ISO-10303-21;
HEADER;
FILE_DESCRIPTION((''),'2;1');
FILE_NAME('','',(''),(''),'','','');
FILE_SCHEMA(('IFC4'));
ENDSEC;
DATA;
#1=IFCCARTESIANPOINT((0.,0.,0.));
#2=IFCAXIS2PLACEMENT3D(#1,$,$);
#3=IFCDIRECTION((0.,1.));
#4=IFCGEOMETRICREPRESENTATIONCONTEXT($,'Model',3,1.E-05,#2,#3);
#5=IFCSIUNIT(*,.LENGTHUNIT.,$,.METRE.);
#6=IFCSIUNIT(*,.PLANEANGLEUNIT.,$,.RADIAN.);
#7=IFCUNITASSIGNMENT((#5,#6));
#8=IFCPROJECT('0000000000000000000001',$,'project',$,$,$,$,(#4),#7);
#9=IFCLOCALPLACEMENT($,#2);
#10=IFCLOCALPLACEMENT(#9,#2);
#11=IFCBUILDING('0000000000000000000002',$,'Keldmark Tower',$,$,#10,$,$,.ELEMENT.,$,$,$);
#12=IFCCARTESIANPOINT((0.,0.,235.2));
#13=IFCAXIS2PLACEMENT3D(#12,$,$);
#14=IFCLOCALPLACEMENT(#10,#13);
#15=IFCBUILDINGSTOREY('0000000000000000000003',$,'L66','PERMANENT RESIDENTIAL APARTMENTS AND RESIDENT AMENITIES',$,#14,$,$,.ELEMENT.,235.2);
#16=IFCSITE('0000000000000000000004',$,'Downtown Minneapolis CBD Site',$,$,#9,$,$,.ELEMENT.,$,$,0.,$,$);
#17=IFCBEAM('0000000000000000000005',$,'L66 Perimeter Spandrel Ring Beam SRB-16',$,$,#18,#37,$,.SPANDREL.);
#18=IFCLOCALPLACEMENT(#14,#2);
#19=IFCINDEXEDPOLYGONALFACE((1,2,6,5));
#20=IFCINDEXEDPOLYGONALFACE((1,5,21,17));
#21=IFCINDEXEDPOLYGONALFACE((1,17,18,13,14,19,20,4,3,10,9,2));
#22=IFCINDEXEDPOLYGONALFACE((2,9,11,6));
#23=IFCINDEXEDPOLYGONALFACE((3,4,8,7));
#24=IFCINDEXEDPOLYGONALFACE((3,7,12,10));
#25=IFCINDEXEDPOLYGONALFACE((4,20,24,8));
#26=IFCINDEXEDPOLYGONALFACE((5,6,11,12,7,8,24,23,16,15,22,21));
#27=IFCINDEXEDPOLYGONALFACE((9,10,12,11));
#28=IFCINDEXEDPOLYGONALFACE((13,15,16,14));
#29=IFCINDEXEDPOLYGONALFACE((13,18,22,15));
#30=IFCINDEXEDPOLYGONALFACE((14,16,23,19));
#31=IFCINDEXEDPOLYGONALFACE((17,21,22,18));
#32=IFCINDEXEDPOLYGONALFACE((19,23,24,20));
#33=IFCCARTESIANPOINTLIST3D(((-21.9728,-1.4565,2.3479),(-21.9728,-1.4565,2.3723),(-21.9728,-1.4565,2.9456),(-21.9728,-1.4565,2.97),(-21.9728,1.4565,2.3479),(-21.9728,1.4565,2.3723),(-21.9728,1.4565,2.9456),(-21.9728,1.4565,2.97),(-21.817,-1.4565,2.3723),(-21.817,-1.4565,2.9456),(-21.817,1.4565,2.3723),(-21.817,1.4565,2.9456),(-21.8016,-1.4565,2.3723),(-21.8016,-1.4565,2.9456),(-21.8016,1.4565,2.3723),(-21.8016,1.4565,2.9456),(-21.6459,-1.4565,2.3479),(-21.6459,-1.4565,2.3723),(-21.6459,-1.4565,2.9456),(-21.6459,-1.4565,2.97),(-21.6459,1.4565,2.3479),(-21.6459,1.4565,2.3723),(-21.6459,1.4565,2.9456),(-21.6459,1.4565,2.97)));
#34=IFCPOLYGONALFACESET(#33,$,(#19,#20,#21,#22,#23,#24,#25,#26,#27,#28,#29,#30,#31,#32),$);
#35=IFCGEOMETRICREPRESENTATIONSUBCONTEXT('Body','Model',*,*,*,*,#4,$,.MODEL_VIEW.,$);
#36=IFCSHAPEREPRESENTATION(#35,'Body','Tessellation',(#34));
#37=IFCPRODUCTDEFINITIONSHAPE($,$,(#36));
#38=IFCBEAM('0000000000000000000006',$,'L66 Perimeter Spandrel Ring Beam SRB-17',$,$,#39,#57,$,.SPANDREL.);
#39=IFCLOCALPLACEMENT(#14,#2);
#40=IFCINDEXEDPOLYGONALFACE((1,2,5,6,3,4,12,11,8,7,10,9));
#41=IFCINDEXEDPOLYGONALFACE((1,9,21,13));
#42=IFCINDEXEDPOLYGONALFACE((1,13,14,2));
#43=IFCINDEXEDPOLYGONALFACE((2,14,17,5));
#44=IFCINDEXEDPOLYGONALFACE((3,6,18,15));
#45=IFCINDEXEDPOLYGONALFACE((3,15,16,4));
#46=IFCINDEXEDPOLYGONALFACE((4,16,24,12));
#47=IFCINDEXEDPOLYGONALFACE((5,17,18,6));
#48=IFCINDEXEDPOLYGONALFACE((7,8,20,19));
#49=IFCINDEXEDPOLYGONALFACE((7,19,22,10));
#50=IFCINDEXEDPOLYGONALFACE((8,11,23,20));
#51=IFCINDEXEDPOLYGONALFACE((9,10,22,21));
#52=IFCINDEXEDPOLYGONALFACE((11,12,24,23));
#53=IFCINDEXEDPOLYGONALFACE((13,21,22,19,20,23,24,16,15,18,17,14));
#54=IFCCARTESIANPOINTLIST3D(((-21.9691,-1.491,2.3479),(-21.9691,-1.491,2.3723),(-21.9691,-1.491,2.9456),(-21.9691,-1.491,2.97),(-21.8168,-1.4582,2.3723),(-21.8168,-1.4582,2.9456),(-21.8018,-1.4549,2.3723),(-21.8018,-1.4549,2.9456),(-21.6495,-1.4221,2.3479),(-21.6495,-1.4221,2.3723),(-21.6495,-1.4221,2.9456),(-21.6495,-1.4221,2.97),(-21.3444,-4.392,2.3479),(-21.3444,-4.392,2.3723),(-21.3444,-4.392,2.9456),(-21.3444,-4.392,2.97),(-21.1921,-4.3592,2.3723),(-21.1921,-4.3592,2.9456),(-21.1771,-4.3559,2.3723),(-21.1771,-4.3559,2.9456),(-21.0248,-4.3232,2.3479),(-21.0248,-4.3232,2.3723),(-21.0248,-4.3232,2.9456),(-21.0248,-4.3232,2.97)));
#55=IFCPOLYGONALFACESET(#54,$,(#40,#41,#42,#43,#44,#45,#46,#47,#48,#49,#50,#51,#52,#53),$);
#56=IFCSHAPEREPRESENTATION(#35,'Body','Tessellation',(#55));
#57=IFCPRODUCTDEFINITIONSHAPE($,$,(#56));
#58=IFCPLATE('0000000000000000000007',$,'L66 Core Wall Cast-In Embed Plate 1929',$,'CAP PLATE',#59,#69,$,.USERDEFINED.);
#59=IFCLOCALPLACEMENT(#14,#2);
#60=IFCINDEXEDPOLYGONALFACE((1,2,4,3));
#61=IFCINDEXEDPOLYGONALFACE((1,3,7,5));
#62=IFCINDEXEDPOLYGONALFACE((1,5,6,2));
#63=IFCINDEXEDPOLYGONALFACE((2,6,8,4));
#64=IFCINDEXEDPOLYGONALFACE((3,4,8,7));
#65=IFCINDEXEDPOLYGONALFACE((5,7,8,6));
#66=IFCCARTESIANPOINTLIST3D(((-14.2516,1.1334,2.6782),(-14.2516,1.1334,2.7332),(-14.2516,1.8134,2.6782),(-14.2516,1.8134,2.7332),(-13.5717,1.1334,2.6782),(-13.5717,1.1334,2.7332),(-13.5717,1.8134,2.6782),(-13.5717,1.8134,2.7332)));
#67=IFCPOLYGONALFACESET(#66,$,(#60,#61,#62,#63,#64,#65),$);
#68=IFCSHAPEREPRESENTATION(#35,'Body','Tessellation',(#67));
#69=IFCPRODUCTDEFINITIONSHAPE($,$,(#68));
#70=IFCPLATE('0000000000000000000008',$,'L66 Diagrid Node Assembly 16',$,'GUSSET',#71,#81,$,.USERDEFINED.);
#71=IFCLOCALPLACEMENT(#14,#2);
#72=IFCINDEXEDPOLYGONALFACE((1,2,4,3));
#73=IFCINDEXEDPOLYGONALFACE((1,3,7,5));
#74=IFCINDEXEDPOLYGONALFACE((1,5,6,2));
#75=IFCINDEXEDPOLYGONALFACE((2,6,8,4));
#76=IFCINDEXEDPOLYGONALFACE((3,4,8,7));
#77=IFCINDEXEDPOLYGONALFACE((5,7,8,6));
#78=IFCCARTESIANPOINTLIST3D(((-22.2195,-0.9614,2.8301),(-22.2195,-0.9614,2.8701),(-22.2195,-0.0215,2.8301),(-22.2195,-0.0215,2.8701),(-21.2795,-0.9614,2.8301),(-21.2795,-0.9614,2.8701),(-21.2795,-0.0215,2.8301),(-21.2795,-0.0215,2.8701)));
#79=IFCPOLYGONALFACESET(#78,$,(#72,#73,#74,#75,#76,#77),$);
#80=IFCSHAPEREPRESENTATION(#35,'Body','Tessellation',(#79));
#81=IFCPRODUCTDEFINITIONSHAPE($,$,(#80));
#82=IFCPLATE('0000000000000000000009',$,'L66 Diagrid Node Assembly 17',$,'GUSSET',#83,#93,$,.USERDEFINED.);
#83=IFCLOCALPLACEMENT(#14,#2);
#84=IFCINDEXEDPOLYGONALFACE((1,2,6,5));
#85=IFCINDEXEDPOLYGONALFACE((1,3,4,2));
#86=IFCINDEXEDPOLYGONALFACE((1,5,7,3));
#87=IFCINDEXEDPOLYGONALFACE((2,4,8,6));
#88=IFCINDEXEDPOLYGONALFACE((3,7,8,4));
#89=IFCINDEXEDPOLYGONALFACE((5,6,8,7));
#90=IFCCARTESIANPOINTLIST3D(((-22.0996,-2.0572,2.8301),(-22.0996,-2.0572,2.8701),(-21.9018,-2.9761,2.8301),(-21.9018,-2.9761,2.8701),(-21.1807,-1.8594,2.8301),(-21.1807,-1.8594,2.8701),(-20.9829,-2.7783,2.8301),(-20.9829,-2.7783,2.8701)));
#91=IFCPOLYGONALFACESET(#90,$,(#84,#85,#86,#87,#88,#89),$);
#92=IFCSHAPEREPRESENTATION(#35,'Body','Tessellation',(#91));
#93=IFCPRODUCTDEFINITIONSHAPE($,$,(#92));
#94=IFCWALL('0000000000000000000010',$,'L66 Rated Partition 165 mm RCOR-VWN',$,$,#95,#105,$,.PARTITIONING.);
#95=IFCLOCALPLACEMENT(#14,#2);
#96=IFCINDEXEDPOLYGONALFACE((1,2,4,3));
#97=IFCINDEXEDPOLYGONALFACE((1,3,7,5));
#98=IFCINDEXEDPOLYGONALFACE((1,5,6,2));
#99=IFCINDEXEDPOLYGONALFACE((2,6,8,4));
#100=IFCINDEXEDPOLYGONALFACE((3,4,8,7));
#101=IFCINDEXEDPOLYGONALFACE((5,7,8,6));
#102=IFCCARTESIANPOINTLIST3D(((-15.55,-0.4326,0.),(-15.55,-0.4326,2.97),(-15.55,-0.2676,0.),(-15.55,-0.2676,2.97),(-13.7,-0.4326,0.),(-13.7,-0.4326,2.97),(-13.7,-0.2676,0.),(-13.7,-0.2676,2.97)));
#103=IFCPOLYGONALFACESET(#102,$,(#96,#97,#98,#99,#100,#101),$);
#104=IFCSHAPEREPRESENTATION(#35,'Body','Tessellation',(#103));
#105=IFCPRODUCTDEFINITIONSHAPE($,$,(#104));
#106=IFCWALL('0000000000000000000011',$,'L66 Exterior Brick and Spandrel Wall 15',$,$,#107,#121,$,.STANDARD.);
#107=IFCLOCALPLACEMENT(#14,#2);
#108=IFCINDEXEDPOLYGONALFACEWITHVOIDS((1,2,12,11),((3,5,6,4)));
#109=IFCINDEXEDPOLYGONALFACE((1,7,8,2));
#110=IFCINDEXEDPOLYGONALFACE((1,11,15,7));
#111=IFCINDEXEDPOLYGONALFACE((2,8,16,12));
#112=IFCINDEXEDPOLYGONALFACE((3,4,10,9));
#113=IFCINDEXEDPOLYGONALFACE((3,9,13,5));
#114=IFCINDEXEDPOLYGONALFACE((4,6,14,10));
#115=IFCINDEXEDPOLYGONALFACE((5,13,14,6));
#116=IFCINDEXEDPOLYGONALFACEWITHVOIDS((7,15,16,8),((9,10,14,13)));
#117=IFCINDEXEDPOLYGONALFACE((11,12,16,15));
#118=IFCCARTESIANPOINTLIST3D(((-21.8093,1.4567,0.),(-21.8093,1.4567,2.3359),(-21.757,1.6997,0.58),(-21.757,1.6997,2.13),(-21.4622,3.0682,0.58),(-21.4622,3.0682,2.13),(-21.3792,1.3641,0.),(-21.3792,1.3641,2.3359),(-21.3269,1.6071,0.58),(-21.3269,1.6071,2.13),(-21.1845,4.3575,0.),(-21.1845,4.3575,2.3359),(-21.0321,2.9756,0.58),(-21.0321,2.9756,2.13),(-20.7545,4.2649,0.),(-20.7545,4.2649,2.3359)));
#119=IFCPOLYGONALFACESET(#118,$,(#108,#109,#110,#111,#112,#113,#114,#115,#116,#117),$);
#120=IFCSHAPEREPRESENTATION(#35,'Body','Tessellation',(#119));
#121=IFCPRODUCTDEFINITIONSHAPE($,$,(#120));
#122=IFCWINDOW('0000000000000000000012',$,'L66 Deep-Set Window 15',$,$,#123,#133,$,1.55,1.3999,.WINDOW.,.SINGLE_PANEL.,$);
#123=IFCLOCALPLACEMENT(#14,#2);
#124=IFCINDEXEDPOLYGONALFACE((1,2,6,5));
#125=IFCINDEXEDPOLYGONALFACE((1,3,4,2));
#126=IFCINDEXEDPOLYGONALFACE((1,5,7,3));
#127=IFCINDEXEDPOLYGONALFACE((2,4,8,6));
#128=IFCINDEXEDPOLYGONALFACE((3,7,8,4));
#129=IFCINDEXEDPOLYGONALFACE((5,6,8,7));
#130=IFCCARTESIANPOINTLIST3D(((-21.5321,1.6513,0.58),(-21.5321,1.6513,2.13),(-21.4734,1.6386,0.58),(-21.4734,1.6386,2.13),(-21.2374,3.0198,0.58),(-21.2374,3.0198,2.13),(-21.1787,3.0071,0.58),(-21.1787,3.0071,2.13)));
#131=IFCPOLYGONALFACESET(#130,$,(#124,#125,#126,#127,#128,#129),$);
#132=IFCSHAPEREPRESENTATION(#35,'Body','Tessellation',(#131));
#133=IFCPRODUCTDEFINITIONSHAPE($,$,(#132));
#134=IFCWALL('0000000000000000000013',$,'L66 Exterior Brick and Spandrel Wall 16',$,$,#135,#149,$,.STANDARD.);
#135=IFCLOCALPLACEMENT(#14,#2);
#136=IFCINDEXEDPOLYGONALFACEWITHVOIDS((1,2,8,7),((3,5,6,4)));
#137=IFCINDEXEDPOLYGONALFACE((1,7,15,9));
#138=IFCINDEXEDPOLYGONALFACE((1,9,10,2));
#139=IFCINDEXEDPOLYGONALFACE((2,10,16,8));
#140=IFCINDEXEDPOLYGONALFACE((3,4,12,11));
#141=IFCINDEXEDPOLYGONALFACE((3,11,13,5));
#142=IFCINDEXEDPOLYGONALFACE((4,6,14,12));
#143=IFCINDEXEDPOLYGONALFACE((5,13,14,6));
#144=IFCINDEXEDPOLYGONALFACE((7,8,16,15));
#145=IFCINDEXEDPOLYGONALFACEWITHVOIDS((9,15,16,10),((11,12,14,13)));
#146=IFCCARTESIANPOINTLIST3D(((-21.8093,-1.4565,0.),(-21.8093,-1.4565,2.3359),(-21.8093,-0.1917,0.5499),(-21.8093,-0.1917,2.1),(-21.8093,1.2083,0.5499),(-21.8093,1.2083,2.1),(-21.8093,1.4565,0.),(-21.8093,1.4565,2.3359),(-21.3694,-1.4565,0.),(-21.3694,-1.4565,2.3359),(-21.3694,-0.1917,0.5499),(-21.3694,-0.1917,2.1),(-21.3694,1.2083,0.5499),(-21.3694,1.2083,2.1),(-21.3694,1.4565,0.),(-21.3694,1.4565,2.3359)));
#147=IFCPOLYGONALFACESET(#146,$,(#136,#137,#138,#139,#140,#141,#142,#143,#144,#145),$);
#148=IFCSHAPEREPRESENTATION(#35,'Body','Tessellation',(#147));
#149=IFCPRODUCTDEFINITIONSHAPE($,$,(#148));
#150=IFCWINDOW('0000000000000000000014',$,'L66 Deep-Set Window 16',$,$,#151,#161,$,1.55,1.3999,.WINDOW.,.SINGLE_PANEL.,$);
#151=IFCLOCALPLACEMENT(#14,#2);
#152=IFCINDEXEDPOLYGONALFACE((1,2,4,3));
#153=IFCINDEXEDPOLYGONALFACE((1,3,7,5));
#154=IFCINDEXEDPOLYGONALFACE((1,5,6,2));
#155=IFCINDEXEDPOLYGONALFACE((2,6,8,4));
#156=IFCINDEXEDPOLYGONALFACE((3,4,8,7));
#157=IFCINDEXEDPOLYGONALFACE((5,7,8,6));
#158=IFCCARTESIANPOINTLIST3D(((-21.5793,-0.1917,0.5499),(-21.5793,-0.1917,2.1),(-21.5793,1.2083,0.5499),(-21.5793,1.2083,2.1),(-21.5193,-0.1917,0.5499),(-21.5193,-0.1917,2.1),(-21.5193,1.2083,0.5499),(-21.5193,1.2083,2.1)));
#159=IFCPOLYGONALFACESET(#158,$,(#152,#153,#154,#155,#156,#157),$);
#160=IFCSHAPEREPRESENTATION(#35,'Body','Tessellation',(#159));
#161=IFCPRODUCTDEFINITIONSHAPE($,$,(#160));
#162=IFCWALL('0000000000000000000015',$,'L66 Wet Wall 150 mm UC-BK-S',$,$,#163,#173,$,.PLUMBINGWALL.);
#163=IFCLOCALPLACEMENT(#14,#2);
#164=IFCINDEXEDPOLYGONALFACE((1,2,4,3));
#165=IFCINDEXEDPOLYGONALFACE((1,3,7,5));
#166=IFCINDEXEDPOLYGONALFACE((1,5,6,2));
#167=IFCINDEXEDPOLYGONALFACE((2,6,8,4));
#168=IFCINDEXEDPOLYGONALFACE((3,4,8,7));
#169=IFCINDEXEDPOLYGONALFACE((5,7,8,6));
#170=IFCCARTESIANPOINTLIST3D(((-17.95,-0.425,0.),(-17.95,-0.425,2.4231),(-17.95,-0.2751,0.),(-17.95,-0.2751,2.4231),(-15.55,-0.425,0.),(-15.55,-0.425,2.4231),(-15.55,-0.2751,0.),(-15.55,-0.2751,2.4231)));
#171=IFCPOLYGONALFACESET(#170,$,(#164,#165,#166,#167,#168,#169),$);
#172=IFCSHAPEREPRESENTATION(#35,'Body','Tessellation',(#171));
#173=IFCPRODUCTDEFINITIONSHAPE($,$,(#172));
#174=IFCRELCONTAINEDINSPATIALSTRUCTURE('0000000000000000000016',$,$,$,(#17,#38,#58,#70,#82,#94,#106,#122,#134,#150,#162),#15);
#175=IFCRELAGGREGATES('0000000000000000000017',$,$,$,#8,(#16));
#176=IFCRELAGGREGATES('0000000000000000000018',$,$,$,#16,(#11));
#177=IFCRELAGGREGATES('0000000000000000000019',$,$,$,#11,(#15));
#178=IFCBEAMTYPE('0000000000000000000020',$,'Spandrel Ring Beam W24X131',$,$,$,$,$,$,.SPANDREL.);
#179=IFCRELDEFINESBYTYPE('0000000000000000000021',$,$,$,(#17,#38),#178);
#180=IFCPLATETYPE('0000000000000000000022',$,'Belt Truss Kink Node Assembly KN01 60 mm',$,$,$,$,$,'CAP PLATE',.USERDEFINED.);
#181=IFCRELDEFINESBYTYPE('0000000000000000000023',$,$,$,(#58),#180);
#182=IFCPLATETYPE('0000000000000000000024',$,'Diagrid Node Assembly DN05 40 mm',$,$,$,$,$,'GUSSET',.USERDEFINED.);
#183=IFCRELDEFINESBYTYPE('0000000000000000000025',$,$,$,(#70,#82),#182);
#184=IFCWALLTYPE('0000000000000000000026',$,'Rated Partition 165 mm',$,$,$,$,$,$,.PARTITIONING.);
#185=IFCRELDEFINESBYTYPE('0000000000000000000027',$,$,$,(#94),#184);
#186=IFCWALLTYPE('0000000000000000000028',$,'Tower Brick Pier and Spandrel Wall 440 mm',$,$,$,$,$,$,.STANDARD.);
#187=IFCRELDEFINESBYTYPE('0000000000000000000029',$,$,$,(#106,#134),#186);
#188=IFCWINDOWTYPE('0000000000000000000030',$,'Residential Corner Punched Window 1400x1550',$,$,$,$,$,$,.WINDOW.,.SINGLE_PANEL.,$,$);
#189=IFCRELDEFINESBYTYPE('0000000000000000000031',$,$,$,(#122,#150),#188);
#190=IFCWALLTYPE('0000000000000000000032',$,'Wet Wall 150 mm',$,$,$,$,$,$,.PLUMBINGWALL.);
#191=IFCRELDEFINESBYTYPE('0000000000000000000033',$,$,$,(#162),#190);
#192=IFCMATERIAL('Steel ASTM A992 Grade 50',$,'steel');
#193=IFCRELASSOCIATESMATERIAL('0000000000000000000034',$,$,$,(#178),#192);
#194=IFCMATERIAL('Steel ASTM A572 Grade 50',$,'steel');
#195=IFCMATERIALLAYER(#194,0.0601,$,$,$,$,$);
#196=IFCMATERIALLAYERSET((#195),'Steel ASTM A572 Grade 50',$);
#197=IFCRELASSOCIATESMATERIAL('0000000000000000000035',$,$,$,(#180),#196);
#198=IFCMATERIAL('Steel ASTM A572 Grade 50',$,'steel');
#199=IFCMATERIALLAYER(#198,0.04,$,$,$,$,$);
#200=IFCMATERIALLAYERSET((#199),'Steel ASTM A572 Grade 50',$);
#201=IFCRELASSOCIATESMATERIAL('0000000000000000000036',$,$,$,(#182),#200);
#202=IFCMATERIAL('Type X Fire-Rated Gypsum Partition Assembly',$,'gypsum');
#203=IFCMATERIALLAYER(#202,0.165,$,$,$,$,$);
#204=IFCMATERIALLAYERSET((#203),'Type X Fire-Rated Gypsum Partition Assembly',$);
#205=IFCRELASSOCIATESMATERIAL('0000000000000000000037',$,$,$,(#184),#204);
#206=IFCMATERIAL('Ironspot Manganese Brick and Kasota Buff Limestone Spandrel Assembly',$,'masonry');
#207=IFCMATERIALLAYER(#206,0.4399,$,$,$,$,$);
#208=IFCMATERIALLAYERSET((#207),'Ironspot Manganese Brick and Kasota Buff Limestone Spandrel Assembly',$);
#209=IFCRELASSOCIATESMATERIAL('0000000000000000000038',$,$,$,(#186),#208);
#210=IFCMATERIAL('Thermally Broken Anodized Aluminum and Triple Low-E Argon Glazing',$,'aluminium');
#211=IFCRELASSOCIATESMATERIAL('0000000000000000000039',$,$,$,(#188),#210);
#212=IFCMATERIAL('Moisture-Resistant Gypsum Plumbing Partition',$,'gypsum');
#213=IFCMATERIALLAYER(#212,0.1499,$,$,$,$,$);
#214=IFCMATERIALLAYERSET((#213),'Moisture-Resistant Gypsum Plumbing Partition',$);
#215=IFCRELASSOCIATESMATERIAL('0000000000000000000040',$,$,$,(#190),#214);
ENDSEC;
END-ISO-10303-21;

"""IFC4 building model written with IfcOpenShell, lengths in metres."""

from ifc_helpers import new_model, si_unit, direction, frame, frame_2d, origin, origin_2d, place, context, subcontext, project, spatial, rectangle, i_section, extrude, material, layer, layer_set, material_profile, profile_set, type_object, element, fill, save


model = new_model("IFC4")

# Units and contexts
model_context = context("Model", 3, precision=1e-05, world=origin(), true_north=direction((0.0, 1.0)))
body_context = subcontext(model_context, "Body", "Model", "MODEL_VIEW")
ifc_project = project(units=[si_unit("LENGTHUNIT", "METRE"), si_unit("PLANEANGLEUNIT", "RADIAN")], contexts=[model_context])

# Site, building, storey
site_placement = place(None, origin())
site = spatial("IfcSite", under=ifc_project, at=site_placement, Name="Downtown Minneapolis CBD Site", CompositionType="ELEMENT", RefElevation=0.0)
building_placement = place(site_placement, origin())
building = spatial("IfcBuilding", under=site, at=building_placement, Name="Keldmark Tower", CompositionType="ELEMENT")
storey_placement = place(building_placement, frame((0.0, 0.0, 235.2)))
storey = spatial("IfcBuildingStorey", under=building, at=storey_placement, Name="L66", Description="PERMANENT RESIDENTIAL APARTMENTS AND RESIDENT AMENITIES", CompositionType="ELEMENT", Elevation=235.2)

# Beams
ifc_material_1 = material(Name="Steel ASTM A992 Grade 50", Category="steel")
ifc_material_profile_1 = material_profile(ifc_material_1, i_section(OverallWidth=0.3269, OverallDepth=0.6221, WebThickness=0.0154, FlangeThickness=0.0244, at=origin_2d()), Name="W24X131")
ifc_profile_set_1 = profile_set([ifc_material_profile_1], Name="Steel ASTM A992 Grade 50")
beam_type_1 = type_object("IfcBeamType", Name="Spandrel Ring Beam W24X131", PredefinedType="SPANDREL", material=ifc_profile_set_1)
beam_1_placement = place(storey_placement, frame((-21.8093, 1.4565, 2.6589), z_axis=(0.0, -1.0, 0.0), x_axis=(1.0, 0.0, 0.0)))
element("IfcBeam", 1, at=beam_1_placement, inside=storey, type_object=beam_type_1, Name="L66 Perimeter Spandrel Ring Beam SRB-16", PredefinedType="SPANDREL", context=body_context, shape_type="SweptSolid", body=[
    extrude(i_section(OverallWidth=0.3269, OverallDepth=0.6221, WebThickness=0.0154, FlangeThickness=0.0244, at=origin_2d()), origin(), (0.0, 0.0, 1.0), 2.9131),
])
beam_2_placement = place(storey_placement, frame((-21.8093, -1.4565, 2.6589), z_axis=(0.210523, -0.977589, 0.0), x_axis=(0.977589, 0.210523, 0.0)))
element("IfcBeam", 2, at=beam_2_placement, inside=storey, type_object=beam_type_1, Name="L66 Perimeter Spandrel Ring Beam SRB-17", PredefinedType="SPANDREL", context=body_context, shape_type="SweptSolid", body=[
    extrude(i_section(OverallWidth=0.3269, OverallDepth=0.6221, WebThickness=0.0154, FlangeThickness=0.0244, at=origin_2d()), origin(), (0.0, 0.0, 1.0), 2.9675),
])

# Plates
ifc_material_2 = material(Name="Steel ASTM A572 Grade 50", Category="steel")
ifc_layer_1 = layer(ifc_material_2, 0.0601)
ifc_layer_set_1 = layer_set([ifc_layer_1], Name="Steel ASTM A572 Grade 50")
plate_type_1 = type_object("IfcPlateType", Name="Belt Truss Kink Node Assembly KN01 60 mm", ElementType="CAP PLATE", PredefinedType="USERDEFINED", material=ifc_layer_set_1)
plate_placement = place(storey_placement, frame((-13.9116, 1.4734, 2.6782), z_axis=(0.0, 0.0, 1.0), x_axis=(1.0, 0.0, 0.0)))
element("IfcPlate", 3, at=plate_placement, inside=storey, type_object=plate_type_1, Name="L66 Core Wall Cast-In Embed Plate 1929", ObjectType="CAP PLATE", PredefinedType="USERDEFINED", context=body_context, shape_type="SweptSolid", body=[
    extrude(rectangle(XDim=0.6799, YDim=0.6799, at=origin_2d()), origin(), (0.0, 0.0, 1.0), 0.0549),
])
ifc_material_3 = material(Name="Steel ASTM A572 Grade 50", Category="steel")
ifc_layer_2 = layer(ifc_material_3, 0.04)
ifc_layer_set_2 = layer_set([ifc_layer_2], Name="Steel ASTM A572 Grade 50")
plate_type_2 = type_object("IfcPlateType", Name="Diagrid Node Assembly DN05 40 mm", ElementType="GUSSET", PredefinedType="USERDEFINED", material=ifc_layer_set_2)
for number, where, z_axis, x_axis, name in (
    (4, (-21.7495, -0.4915, 2.8301), (0.0, 0.0, 1.0), (0.0, -1.0, 0.0), "L66 Diagrid Node Assembly 16"),
    (5, (-21.5413, -2.4177, 2.8301), (0.0, 0.0, 1.0), (0.210472, -0.9776, 0.0), "L66 Diagrid Node Assembly 17"),
):
    element("IfcPlate", number, at=place(storey_placement, frame(where, z_axis=z_axis, x_axis=x_axis)), inside=storey, type_object=plate_type_2, Name=name, ObjectType="GUSSET", PredefinedType="USERDEFINED", context=body_context, shape_type="SweptSolid", body=[
        extrude(rectangle(XDim=0.9399, YDim=0.9399, at=origin_2d()), origin(), (0.0, 0.0, 1.0), 0.04),
    ])

# Wall
ifc_material_4 = material(Name="Type X Fire-Rated Gypsum Partition Assembly", Category="gypsum")
ifc_layer_3 = layer(ifc_material_4, 0.165)
ifc_layer_set_3 = layer_set([ifc_layer_3], Name="Type X Fire-Rated Gypsum Partition Assembly")
wall_type_1 = type_object("IfcWallType", Name="Rated Partition 165 mm", PredefinedType="PARTITIONING", material=ifc_layer_set_3)
wall_1_placement = place(storey_placement, frame((-15.55, -0.3501, 0.0), z_axis=(0.0, 0.0, 1.0), x_axis=(1.0, 0.0, 0.0)))
element("IfcWall", 6, at=wall_1_placement, inside=storey, type_object=wall_type_1, Name="L66 Rated Partition 165 mm RCOR-VWN", PredefinedType="PARTITIONING", context=body_context, shape_type="SweptSolid", body=[
    extrude(rectangle(XDim=1.8501, YDim=0.165, at=frame_2d((0.925, 0.0))), origin(), (0.0, 0.0, 1.0), 2.97),
])

# Walls, openings, windows
ifc_material_5 = material(Name="Ironspot Manganese Brick and Kasota Buff Limestone Spandrel Assembly", Category="masonry")
ifc_layer_4 = layer(ifc_material_5, 0.4399)
ifc_layer_set_4 = layer_set([ifc_layer_4], Name="Ironspot Manganese Brick and Kasota Buff Limestone Spandrel Assembly")
wall_type_2 = type_object("IfcWallType", Name="Tower Brick Pier and Spandrel Wall 440 mm", PredefinedType="STANDARD", material=ifc_layer_set_4)
wall_2_placement = place(storey_placement, frame((-21.5942, 1.4104, 0.0), z_axis=(0.0, 0.0, 1.0), x_axis=(0.21054, 0.977585, 0.0)))
wall_2 = element("IfcWall", 7, at=wall_2_placement, inside=storey, type_object=wall_type_2, Name="L66 Exterior Brick and Spandrel Wall 15", PredefinedType="STANDARD", context=body_context, shape_type="SweptSolid", body=[
    extrude(rectangle(XDim=2.9673, YDim=0.4399, at=frame_2d((1.4836, 0.0))), origin(), (0.0, 0.0, 1.0), 2.3359),
])
opening_1_placement = place(wall_2_placement, frame((0.2485, 0.0, 0.5801)))
opening_1 = element("IfcOpeningElement", 8, at=opening_1_placement, cuts=wall_2, PredefinedType="OPENING", context=body_context, shape_type="SweptSolid", body=[
    extrude(rectangle(XDim=1.3999, YDim=1.55, at=frame_2d((0.7, 0.7749))), frame((0.0, 0.23, 0.0), z_axis=(0.0, -1.0, 0.0), x_axis=(1.0, 0.0, 0.0)), (0.0, 0.0, 1.0), 0.46),
])
ifc_material_6 = material(Name="Thermally Broken Anodized Aluminum and Triple Low-E Argon Glazing", Category="aluminium")
window_type = type_object("IfcWindowType", Name="Residential Corner Punched Window 1400x1550", PartitioningType="SINGLE_PANEL", PredefinedType="WINDOW", material=ifc_material_6)
window_1_placement = place(opening_1_placement, origin())
window_1 = element("IfcWindow", 9, at=window_1_placement, inside=storey, type_object=window_type, Name="L66 Deep-Set Window 15", OverallHeight=1.55, OverallWidth=1.3999, PartitioningType="SINGLE_PANEL", PredefinedType="WINDOW", context=body_context, shape_type="SweptSolid", body=[
    extrude(rectangle(XDim=1.3999, YDim=1.55, at=frame_2d((0.7, 0.7749))), frame((0.0, -0.01, 0.0), z_axis=(0.0, -1.0, 0.0), x_axis=(1.0, 0.0, 0.0)), (0.0, 0.0, 1.0), 0.0601),
])
fill(opening_1, window_1)
wall_3_placement = place(storey_placement, frame((-21.5894, -1.4565, 0.0), z_axis=(0.0, 0.0, 1.0), x_axis=(0.0, 1.0, 0.0)))
wall_3 = element("IfcWall", 10, at=wall_3_placement, inside=storey, type_object=wall_type_2, Name="L66 Exterior Brick and Spandrel Wall 16", PredefinedType="STANDARD", context=body_context, shape_type="SweptSolid", body=[
    extrude(rectangle(XDim=2.9131, YDim=0.4399, at=frame_2d((1.4565, 0.0))), origin(), (0.0, 0.0, 1.0), 2.3359),
])
opening_2_placement = place(wall_3_placement, frame((1.2649, 0.0, 0.55)))
opening_2 = element("IfcOpeningElement", 11, at=opening_2_placement, cuts=wall_3, PredefinedType="OPENING", context=body_context, shape_type="SweptSolid", body=[
    extrude(rectangle(XDim=1.3999, YDim=1.55, at=frame_2d((0.7, 0.7749))), frame((0.0, 0.23, 0.0), z_axis=(0.0, -1.0, 0.0), x_axis=(1.0, 0.0, 0.0)), (0.0, 0.0, 1.0), 0.46),
])
window_2_placement = place(opening_2_placement, origin())
window_2 = element("IfcWindow", 12, at=window_2_placement, inside=storey, type_object=window_type, Name="L66 Deep-Set Window 16", OverallHeight=1.55, OverallWidth=1.3999, PartitioningType="SINGLE_PANEL", PredefinedType="WINDOW", context=body_context, shape_type="SweptSolid", body=[
    extrude(rectangle(XDim=1.3999, YDim=1.55, at=frame_2d((0.7, 0.7749))), frame((0.0, -0.01, 0.0), z_axis=(0.0, -1.0, 0.0), x_axis=(1.0, 0.0, 0.0)), (0.0, 0.0, 1.0), 0.0601),
])
fill(opening_2, window_2)

# Wall
ifc_material_7 = material(Name="Moisture-Resistant Gypsum Plumbing Partition", Category="gypsum")
ifc_layer_5 = layer(ifc_material_7, 0.1499)
ifc_layer_set_5 = layer_set([ifc_layer_5], Name="Moisture-Resistant Gypsum Plumbing Partition")
wall_type_3 = type_object("IfcWallType", Name="Wet Wall 150 mm", PredefinedType="PLUMBINGWALL", material=ifc_layer_set_5)
wall_4_placement = place(storey_placement, frame((-17.95, -0.3501, 0.0), z_axis=(0.0, 0.0, 1.0), x_axis=(1.0, 0.0, 0.0)))
element("IfcWall", 13, at=wall_4_placement, inside=storey, type_object=wall_type_3, Name="L66 Wet Wall 150 mm UC-BK-S", PredefinedType="PLUMBINGWALL", context=body_context, shape_type="SweptSolid", body=[
    extrude(rectangle(XDim=2.3999, YDim=0.1499, at=frame_2d((1.2, 0.0))), origin(), (0.0, 0.0, 1.0), 2.4231),
])

save(model, "model.ifc")
